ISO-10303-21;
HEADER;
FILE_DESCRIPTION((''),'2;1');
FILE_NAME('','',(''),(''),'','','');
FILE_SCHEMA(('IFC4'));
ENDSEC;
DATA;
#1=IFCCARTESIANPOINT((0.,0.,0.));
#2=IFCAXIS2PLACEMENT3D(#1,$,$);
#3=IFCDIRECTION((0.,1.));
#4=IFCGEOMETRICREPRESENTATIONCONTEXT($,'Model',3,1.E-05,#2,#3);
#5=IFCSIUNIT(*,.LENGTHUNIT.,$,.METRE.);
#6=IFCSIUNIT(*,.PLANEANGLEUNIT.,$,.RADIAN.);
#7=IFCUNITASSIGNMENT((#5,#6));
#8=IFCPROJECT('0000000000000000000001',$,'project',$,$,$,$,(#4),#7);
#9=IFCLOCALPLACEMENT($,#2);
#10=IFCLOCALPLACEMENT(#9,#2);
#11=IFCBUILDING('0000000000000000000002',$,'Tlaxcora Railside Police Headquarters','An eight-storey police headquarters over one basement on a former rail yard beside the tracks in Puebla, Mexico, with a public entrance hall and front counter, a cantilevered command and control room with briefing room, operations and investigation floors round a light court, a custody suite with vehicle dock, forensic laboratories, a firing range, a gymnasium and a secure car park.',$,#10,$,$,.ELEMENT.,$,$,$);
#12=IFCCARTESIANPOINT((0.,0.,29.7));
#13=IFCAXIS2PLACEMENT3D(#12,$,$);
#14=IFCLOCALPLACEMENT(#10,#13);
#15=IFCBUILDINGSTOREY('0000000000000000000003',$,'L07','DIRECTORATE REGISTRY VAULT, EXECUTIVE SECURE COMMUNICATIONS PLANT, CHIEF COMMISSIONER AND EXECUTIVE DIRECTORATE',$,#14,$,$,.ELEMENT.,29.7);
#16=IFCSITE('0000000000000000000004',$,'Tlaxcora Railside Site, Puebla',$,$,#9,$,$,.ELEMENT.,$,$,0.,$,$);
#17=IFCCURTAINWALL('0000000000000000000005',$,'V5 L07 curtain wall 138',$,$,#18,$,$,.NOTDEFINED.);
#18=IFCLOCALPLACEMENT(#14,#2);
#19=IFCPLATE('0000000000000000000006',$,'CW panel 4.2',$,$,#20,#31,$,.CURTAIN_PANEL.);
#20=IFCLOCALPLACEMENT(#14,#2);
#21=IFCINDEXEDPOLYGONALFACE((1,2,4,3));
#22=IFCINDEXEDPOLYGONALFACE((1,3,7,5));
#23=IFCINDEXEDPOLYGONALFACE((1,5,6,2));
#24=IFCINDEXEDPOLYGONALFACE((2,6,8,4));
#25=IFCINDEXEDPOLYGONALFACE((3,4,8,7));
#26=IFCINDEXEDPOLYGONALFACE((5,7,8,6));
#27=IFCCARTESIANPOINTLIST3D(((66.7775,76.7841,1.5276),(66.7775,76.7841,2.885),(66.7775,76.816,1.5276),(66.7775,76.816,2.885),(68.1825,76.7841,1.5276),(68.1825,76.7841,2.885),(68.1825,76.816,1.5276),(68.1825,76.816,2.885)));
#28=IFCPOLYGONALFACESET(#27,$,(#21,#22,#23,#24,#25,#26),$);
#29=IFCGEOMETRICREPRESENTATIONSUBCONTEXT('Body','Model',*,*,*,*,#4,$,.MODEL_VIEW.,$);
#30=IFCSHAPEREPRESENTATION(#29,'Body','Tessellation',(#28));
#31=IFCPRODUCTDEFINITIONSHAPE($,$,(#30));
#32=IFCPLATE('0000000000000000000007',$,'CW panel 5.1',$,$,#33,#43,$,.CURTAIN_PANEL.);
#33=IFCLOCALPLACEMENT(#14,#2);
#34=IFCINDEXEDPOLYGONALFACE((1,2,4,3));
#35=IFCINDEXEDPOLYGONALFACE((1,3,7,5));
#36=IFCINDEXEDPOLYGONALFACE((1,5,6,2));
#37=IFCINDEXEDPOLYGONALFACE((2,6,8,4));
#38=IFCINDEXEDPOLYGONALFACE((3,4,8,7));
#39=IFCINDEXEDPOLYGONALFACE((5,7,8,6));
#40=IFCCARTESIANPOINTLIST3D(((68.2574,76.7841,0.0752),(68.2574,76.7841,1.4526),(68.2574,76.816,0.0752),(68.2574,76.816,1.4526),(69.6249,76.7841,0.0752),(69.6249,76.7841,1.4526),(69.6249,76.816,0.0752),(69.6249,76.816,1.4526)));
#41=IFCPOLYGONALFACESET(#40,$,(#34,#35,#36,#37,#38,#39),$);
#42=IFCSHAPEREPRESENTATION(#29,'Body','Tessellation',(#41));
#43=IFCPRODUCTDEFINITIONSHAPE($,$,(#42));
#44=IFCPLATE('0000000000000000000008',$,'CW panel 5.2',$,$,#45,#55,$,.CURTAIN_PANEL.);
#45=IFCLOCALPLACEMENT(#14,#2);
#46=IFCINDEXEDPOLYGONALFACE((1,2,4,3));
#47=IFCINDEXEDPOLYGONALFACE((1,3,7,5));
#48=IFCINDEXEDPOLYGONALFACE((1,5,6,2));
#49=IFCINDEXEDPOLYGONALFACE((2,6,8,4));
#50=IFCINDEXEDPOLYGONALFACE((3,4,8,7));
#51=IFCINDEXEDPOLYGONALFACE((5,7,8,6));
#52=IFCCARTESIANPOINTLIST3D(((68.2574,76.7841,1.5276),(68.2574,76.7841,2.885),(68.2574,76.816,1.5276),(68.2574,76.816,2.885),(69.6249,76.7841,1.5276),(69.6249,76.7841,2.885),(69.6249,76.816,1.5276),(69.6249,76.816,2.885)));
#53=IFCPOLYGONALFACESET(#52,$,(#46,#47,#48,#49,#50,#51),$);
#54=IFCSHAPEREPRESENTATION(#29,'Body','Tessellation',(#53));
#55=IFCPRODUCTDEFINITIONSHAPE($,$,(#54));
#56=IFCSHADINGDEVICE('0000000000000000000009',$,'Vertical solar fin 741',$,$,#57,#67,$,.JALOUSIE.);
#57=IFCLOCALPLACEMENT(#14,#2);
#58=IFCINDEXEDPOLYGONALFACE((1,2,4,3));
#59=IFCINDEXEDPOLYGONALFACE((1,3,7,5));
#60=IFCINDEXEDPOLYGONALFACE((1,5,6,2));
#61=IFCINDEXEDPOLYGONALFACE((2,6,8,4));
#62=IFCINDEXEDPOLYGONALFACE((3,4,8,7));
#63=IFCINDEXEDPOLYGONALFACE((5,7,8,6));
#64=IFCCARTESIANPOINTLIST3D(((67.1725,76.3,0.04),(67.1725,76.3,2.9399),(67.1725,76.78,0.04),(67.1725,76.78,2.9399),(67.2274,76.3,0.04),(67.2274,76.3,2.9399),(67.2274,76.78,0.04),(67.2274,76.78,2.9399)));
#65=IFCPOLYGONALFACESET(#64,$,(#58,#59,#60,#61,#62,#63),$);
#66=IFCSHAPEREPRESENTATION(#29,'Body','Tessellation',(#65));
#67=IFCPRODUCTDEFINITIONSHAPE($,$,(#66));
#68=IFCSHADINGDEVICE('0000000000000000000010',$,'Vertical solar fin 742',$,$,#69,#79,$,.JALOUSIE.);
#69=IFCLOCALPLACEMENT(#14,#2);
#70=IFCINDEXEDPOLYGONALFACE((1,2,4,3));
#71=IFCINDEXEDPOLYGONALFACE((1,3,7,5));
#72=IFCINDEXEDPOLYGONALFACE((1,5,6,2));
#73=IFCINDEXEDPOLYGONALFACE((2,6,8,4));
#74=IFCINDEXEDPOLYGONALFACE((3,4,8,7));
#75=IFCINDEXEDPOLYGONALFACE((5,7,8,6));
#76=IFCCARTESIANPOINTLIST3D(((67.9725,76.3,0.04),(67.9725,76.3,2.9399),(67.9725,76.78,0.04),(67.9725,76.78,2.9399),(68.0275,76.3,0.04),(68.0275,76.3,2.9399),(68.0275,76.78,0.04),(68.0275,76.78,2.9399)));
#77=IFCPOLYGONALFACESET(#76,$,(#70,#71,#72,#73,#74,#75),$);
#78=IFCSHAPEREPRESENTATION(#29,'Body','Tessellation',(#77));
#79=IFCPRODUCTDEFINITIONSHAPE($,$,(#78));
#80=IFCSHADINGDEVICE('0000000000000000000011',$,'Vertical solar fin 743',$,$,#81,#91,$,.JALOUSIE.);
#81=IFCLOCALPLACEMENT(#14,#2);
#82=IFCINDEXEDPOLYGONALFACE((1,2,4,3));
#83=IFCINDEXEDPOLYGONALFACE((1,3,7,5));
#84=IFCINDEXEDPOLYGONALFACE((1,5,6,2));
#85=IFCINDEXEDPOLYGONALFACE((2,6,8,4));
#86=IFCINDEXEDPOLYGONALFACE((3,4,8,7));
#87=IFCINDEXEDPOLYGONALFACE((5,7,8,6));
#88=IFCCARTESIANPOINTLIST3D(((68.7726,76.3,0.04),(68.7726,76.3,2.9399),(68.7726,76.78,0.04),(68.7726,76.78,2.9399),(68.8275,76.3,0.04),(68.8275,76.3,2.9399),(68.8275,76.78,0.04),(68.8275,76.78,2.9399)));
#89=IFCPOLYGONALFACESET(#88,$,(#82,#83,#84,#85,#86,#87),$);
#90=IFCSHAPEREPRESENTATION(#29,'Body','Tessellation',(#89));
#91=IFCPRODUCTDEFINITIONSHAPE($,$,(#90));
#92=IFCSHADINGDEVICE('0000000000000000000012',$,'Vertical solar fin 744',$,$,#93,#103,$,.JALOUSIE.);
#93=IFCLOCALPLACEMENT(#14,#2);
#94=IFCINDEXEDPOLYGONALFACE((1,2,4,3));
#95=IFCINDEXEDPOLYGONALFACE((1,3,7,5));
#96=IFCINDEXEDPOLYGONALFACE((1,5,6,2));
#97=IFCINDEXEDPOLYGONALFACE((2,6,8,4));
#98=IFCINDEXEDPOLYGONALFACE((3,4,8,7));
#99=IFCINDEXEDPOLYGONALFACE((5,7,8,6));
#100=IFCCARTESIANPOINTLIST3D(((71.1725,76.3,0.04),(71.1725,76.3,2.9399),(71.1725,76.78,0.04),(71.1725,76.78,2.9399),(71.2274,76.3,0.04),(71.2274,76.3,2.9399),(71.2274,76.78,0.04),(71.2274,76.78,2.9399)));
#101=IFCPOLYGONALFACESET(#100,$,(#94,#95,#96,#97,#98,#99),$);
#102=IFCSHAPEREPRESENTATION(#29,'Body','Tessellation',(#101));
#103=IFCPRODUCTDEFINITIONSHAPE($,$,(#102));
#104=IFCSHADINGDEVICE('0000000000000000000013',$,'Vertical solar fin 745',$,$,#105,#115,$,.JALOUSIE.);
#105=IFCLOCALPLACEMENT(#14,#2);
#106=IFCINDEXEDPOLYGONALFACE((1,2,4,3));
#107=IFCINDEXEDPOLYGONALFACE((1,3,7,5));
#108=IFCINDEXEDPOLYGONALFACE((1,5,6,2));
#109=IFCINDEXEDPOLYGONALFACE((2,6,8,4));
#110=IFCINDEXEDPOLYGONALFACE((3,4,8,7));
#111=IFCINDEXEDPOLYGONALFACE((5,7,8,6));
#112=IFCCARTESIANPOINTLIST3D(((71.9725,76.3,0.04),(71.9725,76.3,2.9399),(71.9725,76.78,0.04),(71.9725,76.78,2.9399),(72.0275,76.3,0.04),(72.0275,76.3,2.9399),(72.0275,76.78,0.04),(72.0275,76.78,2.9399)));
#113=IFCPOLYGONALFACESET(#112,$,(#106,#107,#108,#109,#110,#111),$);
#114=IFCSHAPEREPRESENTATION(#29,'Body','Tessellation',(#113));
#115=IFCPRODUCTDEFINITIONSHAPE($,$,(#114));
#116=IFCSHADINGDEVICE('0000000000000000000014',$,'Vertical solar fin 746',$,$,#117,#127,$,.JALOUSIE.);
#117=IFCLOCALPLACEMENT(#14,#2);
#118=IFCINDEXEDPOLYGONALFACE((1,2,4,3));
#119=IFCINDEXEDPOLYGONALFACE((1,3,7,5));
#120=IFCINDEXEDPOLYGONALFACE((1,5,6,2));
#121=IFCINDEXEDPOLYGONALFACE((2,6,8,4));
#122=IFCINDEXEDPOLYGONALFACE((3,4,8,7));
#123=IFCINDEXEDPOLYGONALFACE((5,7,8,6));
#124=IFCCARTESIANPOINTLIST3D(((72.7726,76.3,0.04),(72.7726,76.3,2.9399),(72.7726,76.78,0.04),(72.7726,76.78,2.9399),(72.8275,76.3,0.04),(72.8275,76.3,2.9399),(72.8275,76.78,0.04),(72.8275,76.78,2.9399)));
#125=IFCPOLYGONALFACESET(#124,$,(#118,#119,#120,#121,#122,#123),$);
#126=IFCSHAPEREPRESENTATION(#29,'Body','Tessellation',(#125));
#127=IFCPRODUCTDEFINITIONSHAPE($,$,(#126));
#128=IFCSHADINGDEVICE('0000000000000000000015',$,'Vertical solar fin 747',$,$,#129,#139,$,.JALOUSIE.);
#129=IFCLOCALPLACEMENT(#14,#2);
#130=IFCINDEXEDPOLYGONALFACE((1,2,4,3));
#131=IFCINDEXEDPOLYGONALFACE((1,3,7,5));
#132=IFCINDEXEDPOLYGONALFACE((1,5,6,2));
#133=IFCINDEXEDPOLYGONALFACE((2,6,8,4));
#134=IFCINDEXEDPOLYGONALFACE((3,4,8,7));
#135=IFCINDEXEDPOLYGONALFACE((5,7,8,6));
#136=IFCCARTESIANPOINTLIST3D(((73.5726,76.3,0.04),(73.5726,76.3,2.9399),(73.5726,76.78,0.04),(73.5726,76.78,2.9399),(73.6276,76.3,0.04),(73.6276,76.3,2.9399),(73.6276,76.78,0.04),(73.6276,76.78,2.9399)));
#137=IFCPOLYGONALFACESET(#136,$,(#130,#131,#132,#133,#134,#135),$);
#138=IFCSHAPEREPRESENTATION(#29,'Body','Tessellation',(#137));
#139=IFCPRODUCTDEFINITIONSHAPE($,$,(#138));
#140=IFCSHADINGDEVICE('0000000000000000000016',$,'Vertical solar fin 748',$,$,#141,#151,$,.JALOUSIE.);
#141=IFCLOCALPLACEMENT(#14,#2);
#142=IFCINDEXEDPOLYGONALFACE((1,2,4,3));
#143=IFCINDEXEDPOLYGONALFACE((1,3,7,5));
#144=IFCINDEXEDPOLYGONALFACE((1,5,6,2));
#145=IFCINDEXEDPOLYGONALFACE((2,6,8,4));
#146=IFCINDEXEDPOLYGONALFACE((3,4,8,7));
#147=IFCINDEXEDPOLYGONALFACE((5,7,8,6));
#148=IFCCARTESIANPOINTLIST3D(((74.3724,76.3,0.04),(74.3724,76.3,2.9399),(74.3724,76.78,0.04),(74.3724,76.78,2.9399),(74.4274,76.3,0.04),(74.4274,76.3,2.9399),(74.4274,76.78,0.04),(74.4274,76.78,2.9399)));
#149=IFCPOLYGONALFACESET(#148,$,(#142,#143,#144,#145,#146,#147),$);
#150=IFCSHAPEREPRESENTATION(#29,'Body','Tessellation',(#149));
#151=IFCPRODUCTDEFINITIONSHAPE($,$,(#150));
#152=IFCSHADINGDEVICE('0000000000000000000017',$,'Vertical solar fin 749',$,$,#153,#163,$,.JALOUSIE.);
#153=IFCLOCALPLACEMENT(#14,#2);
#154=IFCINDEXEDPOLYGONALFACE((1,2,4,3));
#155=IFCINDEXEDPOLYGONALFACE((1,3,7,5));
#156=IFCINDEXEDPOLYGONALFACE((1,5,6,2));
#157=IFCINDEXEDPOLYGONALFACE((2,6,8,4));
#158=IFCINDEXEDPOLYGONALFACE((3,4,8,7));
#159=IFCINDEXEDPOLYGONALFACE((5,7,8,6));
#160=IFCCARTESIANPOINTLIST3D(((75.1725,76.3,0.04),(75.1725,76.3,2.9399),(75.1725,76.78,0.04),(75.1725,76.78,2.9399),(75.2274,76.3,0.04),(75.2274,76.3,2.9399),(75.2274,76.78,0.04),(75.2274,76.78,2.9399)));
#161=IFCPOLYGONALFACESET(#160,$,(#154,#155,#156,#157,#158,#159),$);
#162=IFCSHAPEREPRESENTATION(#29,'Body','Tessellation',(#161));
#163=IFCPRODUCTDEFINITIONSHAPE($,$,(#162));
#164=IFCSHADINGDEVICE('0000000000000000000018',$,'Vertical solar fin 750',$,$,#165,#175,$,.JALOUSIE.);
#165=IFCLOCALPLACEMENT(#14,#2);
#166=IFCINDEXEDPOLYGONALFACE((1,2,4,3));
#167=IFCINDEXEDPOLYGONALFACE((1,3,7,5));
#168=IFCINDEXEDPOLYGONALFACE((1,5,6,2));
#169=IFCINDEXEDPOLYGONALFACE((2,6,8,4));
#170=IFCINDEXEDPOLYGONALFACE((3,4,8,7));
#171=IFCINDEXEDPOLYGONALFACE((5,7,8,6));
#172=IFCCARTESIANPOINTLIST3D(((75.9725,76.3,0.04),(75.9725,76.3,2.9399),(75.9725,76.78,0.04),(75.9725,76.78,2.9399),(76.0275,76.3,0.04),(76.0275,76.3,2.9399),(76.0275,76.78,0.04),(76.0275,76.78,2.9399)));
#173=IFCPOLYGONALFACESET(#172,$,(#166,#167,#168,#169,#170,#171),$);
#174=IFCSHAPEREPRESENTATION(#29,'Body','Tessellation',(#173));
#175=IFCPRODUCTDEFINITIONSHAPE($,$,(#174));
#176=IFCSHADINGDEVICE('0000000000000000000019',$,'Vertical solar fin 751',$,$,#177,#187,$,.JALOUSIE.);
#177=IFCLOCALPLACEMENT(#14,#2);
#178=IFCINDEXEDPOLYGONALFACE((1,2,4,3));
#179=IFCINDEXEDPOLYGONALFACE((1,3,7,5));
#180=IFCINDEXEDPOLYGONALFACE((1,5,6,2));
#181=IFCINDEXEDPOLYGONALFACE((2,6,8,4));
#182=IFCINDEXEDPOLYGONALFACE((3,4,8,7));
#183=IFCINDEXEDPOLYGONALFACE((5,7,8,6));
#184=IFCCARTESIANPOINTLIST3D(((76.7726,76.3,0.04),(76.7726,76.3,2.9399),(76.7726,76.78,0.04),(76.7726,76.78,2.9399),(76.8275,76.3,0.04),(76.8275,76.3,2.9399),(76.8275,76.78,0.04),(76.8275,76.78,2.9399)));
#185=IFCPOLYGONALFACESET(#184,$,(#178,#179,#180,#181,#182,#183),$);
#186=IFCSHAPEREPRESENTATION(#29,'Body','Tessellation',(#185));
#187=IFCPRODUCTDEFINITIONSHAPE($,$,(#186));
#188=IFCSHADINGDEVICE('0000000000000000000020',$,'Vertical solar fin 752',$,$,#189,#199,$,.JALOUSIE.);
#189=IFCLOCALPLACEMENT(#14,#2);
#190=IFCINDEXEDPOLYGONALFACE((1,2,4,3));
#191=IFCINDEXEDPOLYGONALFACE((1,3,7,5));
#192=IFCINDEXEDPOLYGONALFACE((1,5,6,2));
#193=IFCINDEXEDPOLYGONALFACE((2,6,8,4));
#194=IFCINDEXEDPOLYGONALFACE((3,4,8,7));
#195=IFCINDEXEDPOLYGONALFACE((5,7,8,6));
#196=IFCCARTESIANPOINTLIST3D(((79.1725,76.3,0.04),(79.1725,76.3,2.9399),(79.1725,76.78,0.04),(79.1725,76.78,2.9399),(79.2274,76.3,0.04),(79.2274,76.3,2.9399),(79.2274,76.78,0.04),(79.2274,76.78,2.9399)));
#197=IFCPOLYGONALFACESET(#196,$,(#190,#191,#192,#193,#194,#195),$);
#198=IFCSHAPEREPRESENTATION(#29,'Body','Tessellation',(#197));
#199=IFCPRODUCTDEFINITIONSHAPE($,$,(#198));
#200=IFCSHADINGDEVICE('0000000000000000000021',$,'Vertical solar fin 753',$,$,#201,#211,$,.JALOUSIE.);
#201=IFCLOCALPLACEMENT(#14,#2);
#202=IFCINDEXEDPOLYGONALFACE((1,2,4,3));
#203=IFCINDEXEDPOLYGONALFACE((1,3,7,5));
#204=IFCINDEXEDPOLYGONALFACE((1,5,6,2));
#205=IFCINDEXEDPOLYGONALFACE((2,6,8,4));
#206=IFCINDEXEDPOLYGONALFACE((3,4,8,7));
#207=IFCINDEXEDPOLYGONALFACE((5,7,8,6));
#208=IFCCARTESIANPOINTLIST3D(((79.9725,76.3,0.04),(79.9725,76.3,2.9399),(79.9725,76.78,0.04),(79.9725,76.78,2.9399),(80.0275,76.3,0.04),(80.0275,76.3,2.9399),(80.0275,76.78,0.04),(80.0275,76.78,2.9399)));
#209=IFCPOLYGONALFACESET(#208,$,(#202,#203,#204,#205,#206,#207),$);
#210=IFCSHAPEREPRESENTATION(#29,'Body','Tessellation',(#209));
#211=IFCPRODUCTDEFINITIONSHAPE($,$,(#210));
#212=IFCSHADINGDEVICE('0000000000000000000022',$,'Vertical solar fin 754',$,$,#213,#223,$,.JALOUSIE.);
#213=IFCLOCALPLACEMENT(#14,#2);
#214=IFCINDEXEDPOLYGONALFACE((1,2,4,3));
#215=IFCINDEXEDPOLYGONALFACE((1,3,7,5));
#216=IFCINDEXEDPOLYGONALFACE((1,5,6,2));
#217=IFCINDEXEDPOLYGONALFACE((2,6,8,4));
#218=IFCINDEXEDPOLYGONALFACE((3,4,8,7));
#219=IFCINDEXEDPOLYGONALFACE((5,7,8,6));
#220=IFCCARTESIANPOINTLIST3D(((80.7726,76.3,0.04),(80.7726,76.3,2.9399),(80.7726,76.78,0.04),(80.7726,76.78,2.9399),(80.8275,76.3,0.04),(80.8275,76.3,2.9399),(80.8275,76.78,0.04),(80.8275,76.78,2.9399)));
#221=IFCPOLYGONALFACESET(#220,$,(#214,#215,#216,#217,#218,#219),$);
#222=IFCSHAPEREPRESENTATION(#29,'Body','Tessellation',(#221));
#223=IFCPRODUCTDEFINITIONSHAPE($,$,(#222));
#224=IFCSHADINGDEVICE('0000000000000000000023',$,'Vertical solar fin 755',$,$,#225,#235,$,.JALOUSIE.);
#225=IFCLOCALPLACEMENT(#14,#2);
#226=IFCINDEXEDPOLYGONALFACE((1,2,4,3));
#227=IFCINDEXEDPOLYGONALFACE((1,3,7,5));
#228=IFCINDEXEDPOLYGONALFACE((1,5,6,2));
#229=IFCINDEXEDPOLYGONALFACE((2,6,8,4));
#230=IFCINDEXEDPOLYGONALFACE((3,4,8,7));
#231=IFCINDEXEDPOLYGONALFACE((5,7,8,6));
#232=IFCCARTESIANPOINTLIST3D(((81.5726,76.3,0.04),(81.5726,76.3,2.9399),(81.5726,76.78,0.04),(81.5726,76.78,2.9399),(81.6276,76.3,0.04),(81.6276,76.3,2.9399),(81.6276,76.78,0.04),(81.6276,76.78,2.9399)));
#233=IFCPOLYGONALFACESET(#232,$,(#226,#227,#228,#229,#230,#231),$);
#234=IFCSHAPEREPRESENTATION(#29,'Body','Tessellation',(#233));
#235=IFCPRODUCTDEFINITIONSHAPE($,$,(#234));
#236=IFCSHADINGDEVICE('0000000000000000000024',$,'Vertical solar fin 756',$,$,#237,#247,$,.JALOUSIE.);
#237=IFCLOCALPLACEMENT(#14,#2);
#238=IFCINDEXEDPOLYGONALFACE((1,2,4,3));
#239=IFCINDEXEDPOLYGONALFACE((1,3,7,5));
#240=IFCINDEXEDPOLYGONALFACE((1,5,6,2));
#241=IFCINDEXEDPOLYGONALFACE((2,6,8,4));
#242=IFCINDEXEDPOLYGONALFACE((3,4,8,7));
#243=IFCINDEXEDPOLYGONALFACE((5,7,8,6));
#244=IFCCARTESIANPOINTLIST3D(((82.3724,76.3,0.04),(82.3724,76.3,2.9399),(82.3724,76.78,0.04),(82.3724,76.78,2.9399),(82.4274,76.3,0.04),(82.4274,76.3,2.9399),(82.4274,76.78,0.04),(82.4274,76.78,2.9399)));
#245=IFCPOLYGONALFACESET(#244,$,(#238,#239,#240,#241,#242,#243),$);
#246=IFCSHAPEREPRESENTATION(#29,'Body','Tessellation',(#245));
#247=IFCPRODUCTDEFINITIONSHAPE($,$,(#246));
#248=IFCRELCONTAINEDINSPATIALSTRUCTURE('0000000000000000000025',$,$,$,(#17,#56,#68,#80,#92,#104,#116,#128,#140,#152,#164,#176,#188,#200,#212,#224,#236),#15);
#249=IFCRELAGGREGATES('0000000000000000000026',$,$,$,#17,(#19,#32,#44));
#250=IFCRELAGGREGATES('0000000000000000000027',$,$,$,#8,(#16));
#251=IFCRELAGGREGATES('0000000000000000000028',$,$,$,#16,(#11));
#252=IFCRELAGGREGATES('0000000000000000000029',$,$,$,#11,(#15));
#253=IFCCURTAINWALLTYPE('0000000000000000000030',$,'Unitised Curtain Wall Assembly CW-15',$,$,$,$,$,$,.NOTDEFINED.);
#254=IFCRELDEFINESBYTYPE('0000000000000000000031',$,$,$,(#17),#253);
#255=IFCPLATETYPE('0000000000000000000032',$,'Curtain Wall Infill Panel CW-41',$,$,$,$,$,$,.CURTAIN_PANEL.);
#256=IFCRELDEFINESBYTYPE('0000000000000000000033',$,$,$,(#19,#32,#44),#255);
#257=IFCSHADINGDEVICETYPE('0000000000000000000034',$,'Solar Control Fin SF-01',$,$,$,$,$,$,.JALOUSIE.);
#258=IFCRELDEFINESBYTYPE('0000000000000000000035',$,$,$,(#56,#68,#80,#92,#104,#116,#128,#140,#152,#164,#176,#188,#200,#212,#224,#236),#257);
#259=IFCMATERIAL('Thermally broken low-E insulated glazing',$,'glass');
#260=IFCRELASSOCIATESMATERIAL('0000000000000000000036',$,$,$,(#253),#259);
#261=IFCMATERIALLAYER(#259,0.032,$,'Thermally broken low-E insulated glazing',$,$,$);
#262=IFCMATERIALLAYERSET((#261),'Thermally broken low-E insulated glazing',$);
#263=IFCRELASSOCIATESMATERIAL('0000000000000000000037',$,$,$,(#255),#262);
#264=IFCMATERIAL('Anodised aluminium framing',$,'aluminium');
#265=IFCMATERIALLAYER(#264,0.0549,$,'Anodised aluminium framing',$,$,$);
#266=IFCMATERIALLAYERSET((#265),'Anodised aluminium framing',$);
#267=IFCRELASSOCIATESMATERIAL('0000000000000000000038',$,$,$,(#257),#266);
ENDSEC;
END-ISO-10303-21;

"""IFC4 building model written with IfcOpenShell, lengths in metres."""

from ifc_helpers import new_model, si_unit, direction, frame, origin, origin_2d, place, context, subcontext, project, spatial, rectangle, extrude, material, layer, layer_set, type_object, element, aggregate, save


model = new_model("IFC4")

# Units and contexts
model_context = context("Model", 3, precision=1e-05, world=origin(), true_north=direction((0.0, 1.0)))
body_context = subcontext(model_context, "Body", "Model", "MODEL_VIEW")
ifc_project = project(units=[si_unit("LENGTHUNIT", "METRE"), si_unit("PLANEANGLEUNIT", "RADIAN")], contexts=[model_context])

# Site, building, storey
site_placement = place(None, origin())
site = spatial("IfcSite", under=ifc_project, at=site_placement, Name="Tlaxcora Railside Site, Puebla", CompositionType="ELEMENT", RefElevation=0.0)
building_placement = place(site_placement, origin())
building = spatial("IfcBuilding", under=site, at=building_placement, Name="Tlaxcora Railside Police Headquarters", Description="An eight-storey police headquarters over one basement on a former rail yard beside the tracks in Puebla, Mexico, with a public entrance hall and front counter, a cantilevered command and control room with briefing room, operations and investigation floors round a light court, a custody suite with vehicle dock, forensic laboratories, a firing range, a gymnasium and a secure car park.", CompositionType="ELEMENT")
storey_placement = place(building_placement, frame((0.0, 0.0, 29.7)))
storey = spatial("IfcBuildingStorey", under=building, at=storey_placement, Name="L07", Description="DIRECTORATE REGISTRY VAULT, EXECUTIVE SECURE COMMUNICATIONS PLANT, CHIEF COMMISSIONER AND EXECUTIVE DIRECTORATE", CompositionType="ELEMENT", Elevation=29.7)

# Curtain wall
ifc_material_1 = material(Name="Thermally broken low-E insulated glazing", Category="glass")
curtain_wall_type_1 = type_object("IfcCurtainWallType", Name="Unitised Curtain Wall Assembly CW-15", PredefinedType="NOTDEFINED", material=ifc_material_1)
curtain_wall_1_placement = place(storey_placement, origin())
curtain_wall_1 = element("IfcCurtainWall", 1, at=curtain_wall_1_placement, inside=storey, type_object=curtain_wall_type_1, Name="V5 L07 curtain wall 138", PredefinedType="NOTDEFINED")
ifc_material_2 = material(Name="Anodised aluminium framing", Category="aluminium")

# Plates
ifc_layer_1 = layer(ifc_material_1, 0.032, Name="Thermally broken low-E insulated glazing")
ifc_layer_set_1 = layer_set([ifc_layer_1], Name="Thermally broken low-E insulated glazing")
plate_type = type_object("IfcPlateType", Name="Curtain Wall Infill Panel CW-41", PredefinedType="CURTAIN_PANEL", material=ifc_layer_set_1)
plate_1_placement = place(storey_placement, frame((67.48, 76.8, 1.5276), z_axis=(0.0, 0.0, 1.0), x_axis=(1.0, 0.0, 0.0)))
plate_1 = element("IfcPlate", 2, at=plate_1_placement, type_object=plate_type, Name="CW panel 4.2", PredefinedType="CURTAIN_PANEL", context=body_context, shape_type="SweptSolid", body=[
    extrude(rectangle(XDim=1.405, YDim=0.032, at=origin_2d()), origin(), (0.0, 0.0, 1.0), 1.3574),
])
plate_2_placement = place(storey_placement, frame((68.9412, 76.8, 0.0752), z_axis=(0.0, 0.0, 1.0), x_axis=(1.0, 0.0, 0.0)))
plate_2 = element("IfcPlate", 3, at=plate_2_placement, type_object=plate_type, Name="CW panel 5.1", PredefinedType="CURTAIN_PANEL", context=body_context, shape_type="SweptSolid", body=[
    extrude(rectangle(XDim=1.3674, YDim=0.032, at=origin_2d()), origin(), (0.0, 0.0, 1.0), 1.3774),
])
plate_3_placement = place(storey_placement, frame((68.9412, 76.8, 1.5276), z_axis=(0.0, 0.0, 1.0), x_axis=(1.0, 0.0, 0.0)))
plate_3 = element("IfcPlate", 4, at=plate_3_placement, type_object=plate_type, Name="CW panel 5.2", PredefinedType="CURTAIN_PANEL", context=body_context, shape_type="SweptSolid", body=[
    extrude(rectangle(XDim=1.3674, YDim=0.032, at=origin_2d()), origin(), (0.0, 0.0, 1.0), 1.3574),
])
aggregate(curtain_wall_1, [plate_1, plate_2, plate_3])

# Shading devices
ifc_layer_2 = layer(ifc_material_2, 0.0549, Name="Anodised aluminium framing")
ifc_layer_set_2 = layer_set([ifc_layer_2], Name="Anodised aluminium framing")
shading_device_type = type_object("IfcShadingDeviceType", Name="Solar Control Fin SF-01", PredefinedType="JALOUSIE", material=ifc_layer_set_2)
for number, where, z_axis, x_axis, name in (
    (5, (67.2, 76.54, 0.04), (0.0, 0.0, 1.0), (0.0, -1.0, 0.0), "Vertical solar fin 741"),
    (6, (68.0, 76.54, 0.04), (0.0, 0.0, 1.0), (0.0, -1.0, 0.0), "Vertical solar fin 742"),
    (7, (68.8, 76.54, 0.04), (0.0, 0.0, 1.0), (0.0, -1.0, 0.0), "Vertical solar fin 743"),
    (8, (71.2, 76.54, 0.04), (0.0, 0.0, 1.0), (0.0, -1.0, 0.0), "Vertical solar fin 744"),
    (9, (72.0, 76.54, 0.04), (0.0, 0.0, 1.0), (0.0, -1.0, 0.0), "Vertical solar fin 745"),
    (10, (72.8, 76.54, 0.04), (0.0, 0.0, 1.0), (0.0, -1.0, 0.0), "Vertical solar fin 746"),
    (11, (73.6001, 76.54, 0.04), (0.0, 0.0, 1.0), (0.0, -1.0, 0.0), "Vertical solar fin 747"),
    (12, (74.3999, 76.54, 0.04), (0.0, 0.0, 1.0), (0.0, -1.0, 0.0), "Vertical solar fin 748"),
    (13, (75.2, 76.54, 0.04), (0.0, 0.0, 1.0), (0.0, -1.0, 0.0), "Vertical solar fin 749"),
    (14, (76.0, 76.54, 0.04), (0.0, 0.0, 1.0), (0.0, -1.0, 0.0), "Vertical solar fin 750"),
    (15, (76.8, 76.54, 0.04), (0.0, 0.0, 1.0), (0.0, -1.0, 0.0), "Vertical solar fin 751"),
    (16, (79.2, 76.54, 0.04), (0.0, 0.0, 1.0), (0.0, -1.0, 0.0), "Vertical solar fin 752"),
    (17, (80.0, 76.54, 0.04), (0.0, 0.0, 1.0), (0.0, -1.0, 0.0), "Vertical solar fin 753"),
    (18, (80.8, 76.54, 0.04), (0.0, 0.0, 1.0), (0.0, -1.0, 0.0), "Vertical solar fin 754"),
    (19, (81.6001, 76.54, 0.04), (0.0, 0.0, 1.0), (0.0, -1.0, 0.0), "Vertical solar fin 755"),
    (20, (82.3999, 76.54, 0.04), (0.0, 0.0, 1.0), (0.0, -1.0, 0.0), "Vertical solar fin 756"),
):
    element("IfcShadingDevice", number, at=place(storey_placement, frame(where, z_axis=z_axis, x_axis=x_axis)), inside=storey, type_object=shading_device_type, Name=name, PredefinedType="JALOUSIE", context=body_context, shape_type="SweptSolid", body=[
        extrude(rectangle(XDim=0.48, YDim=0.0549, at=origin_2d()), origin(), (0.0, 0.0, 1.0), 2.8999),
    ])

save(model, "model.ifc")
